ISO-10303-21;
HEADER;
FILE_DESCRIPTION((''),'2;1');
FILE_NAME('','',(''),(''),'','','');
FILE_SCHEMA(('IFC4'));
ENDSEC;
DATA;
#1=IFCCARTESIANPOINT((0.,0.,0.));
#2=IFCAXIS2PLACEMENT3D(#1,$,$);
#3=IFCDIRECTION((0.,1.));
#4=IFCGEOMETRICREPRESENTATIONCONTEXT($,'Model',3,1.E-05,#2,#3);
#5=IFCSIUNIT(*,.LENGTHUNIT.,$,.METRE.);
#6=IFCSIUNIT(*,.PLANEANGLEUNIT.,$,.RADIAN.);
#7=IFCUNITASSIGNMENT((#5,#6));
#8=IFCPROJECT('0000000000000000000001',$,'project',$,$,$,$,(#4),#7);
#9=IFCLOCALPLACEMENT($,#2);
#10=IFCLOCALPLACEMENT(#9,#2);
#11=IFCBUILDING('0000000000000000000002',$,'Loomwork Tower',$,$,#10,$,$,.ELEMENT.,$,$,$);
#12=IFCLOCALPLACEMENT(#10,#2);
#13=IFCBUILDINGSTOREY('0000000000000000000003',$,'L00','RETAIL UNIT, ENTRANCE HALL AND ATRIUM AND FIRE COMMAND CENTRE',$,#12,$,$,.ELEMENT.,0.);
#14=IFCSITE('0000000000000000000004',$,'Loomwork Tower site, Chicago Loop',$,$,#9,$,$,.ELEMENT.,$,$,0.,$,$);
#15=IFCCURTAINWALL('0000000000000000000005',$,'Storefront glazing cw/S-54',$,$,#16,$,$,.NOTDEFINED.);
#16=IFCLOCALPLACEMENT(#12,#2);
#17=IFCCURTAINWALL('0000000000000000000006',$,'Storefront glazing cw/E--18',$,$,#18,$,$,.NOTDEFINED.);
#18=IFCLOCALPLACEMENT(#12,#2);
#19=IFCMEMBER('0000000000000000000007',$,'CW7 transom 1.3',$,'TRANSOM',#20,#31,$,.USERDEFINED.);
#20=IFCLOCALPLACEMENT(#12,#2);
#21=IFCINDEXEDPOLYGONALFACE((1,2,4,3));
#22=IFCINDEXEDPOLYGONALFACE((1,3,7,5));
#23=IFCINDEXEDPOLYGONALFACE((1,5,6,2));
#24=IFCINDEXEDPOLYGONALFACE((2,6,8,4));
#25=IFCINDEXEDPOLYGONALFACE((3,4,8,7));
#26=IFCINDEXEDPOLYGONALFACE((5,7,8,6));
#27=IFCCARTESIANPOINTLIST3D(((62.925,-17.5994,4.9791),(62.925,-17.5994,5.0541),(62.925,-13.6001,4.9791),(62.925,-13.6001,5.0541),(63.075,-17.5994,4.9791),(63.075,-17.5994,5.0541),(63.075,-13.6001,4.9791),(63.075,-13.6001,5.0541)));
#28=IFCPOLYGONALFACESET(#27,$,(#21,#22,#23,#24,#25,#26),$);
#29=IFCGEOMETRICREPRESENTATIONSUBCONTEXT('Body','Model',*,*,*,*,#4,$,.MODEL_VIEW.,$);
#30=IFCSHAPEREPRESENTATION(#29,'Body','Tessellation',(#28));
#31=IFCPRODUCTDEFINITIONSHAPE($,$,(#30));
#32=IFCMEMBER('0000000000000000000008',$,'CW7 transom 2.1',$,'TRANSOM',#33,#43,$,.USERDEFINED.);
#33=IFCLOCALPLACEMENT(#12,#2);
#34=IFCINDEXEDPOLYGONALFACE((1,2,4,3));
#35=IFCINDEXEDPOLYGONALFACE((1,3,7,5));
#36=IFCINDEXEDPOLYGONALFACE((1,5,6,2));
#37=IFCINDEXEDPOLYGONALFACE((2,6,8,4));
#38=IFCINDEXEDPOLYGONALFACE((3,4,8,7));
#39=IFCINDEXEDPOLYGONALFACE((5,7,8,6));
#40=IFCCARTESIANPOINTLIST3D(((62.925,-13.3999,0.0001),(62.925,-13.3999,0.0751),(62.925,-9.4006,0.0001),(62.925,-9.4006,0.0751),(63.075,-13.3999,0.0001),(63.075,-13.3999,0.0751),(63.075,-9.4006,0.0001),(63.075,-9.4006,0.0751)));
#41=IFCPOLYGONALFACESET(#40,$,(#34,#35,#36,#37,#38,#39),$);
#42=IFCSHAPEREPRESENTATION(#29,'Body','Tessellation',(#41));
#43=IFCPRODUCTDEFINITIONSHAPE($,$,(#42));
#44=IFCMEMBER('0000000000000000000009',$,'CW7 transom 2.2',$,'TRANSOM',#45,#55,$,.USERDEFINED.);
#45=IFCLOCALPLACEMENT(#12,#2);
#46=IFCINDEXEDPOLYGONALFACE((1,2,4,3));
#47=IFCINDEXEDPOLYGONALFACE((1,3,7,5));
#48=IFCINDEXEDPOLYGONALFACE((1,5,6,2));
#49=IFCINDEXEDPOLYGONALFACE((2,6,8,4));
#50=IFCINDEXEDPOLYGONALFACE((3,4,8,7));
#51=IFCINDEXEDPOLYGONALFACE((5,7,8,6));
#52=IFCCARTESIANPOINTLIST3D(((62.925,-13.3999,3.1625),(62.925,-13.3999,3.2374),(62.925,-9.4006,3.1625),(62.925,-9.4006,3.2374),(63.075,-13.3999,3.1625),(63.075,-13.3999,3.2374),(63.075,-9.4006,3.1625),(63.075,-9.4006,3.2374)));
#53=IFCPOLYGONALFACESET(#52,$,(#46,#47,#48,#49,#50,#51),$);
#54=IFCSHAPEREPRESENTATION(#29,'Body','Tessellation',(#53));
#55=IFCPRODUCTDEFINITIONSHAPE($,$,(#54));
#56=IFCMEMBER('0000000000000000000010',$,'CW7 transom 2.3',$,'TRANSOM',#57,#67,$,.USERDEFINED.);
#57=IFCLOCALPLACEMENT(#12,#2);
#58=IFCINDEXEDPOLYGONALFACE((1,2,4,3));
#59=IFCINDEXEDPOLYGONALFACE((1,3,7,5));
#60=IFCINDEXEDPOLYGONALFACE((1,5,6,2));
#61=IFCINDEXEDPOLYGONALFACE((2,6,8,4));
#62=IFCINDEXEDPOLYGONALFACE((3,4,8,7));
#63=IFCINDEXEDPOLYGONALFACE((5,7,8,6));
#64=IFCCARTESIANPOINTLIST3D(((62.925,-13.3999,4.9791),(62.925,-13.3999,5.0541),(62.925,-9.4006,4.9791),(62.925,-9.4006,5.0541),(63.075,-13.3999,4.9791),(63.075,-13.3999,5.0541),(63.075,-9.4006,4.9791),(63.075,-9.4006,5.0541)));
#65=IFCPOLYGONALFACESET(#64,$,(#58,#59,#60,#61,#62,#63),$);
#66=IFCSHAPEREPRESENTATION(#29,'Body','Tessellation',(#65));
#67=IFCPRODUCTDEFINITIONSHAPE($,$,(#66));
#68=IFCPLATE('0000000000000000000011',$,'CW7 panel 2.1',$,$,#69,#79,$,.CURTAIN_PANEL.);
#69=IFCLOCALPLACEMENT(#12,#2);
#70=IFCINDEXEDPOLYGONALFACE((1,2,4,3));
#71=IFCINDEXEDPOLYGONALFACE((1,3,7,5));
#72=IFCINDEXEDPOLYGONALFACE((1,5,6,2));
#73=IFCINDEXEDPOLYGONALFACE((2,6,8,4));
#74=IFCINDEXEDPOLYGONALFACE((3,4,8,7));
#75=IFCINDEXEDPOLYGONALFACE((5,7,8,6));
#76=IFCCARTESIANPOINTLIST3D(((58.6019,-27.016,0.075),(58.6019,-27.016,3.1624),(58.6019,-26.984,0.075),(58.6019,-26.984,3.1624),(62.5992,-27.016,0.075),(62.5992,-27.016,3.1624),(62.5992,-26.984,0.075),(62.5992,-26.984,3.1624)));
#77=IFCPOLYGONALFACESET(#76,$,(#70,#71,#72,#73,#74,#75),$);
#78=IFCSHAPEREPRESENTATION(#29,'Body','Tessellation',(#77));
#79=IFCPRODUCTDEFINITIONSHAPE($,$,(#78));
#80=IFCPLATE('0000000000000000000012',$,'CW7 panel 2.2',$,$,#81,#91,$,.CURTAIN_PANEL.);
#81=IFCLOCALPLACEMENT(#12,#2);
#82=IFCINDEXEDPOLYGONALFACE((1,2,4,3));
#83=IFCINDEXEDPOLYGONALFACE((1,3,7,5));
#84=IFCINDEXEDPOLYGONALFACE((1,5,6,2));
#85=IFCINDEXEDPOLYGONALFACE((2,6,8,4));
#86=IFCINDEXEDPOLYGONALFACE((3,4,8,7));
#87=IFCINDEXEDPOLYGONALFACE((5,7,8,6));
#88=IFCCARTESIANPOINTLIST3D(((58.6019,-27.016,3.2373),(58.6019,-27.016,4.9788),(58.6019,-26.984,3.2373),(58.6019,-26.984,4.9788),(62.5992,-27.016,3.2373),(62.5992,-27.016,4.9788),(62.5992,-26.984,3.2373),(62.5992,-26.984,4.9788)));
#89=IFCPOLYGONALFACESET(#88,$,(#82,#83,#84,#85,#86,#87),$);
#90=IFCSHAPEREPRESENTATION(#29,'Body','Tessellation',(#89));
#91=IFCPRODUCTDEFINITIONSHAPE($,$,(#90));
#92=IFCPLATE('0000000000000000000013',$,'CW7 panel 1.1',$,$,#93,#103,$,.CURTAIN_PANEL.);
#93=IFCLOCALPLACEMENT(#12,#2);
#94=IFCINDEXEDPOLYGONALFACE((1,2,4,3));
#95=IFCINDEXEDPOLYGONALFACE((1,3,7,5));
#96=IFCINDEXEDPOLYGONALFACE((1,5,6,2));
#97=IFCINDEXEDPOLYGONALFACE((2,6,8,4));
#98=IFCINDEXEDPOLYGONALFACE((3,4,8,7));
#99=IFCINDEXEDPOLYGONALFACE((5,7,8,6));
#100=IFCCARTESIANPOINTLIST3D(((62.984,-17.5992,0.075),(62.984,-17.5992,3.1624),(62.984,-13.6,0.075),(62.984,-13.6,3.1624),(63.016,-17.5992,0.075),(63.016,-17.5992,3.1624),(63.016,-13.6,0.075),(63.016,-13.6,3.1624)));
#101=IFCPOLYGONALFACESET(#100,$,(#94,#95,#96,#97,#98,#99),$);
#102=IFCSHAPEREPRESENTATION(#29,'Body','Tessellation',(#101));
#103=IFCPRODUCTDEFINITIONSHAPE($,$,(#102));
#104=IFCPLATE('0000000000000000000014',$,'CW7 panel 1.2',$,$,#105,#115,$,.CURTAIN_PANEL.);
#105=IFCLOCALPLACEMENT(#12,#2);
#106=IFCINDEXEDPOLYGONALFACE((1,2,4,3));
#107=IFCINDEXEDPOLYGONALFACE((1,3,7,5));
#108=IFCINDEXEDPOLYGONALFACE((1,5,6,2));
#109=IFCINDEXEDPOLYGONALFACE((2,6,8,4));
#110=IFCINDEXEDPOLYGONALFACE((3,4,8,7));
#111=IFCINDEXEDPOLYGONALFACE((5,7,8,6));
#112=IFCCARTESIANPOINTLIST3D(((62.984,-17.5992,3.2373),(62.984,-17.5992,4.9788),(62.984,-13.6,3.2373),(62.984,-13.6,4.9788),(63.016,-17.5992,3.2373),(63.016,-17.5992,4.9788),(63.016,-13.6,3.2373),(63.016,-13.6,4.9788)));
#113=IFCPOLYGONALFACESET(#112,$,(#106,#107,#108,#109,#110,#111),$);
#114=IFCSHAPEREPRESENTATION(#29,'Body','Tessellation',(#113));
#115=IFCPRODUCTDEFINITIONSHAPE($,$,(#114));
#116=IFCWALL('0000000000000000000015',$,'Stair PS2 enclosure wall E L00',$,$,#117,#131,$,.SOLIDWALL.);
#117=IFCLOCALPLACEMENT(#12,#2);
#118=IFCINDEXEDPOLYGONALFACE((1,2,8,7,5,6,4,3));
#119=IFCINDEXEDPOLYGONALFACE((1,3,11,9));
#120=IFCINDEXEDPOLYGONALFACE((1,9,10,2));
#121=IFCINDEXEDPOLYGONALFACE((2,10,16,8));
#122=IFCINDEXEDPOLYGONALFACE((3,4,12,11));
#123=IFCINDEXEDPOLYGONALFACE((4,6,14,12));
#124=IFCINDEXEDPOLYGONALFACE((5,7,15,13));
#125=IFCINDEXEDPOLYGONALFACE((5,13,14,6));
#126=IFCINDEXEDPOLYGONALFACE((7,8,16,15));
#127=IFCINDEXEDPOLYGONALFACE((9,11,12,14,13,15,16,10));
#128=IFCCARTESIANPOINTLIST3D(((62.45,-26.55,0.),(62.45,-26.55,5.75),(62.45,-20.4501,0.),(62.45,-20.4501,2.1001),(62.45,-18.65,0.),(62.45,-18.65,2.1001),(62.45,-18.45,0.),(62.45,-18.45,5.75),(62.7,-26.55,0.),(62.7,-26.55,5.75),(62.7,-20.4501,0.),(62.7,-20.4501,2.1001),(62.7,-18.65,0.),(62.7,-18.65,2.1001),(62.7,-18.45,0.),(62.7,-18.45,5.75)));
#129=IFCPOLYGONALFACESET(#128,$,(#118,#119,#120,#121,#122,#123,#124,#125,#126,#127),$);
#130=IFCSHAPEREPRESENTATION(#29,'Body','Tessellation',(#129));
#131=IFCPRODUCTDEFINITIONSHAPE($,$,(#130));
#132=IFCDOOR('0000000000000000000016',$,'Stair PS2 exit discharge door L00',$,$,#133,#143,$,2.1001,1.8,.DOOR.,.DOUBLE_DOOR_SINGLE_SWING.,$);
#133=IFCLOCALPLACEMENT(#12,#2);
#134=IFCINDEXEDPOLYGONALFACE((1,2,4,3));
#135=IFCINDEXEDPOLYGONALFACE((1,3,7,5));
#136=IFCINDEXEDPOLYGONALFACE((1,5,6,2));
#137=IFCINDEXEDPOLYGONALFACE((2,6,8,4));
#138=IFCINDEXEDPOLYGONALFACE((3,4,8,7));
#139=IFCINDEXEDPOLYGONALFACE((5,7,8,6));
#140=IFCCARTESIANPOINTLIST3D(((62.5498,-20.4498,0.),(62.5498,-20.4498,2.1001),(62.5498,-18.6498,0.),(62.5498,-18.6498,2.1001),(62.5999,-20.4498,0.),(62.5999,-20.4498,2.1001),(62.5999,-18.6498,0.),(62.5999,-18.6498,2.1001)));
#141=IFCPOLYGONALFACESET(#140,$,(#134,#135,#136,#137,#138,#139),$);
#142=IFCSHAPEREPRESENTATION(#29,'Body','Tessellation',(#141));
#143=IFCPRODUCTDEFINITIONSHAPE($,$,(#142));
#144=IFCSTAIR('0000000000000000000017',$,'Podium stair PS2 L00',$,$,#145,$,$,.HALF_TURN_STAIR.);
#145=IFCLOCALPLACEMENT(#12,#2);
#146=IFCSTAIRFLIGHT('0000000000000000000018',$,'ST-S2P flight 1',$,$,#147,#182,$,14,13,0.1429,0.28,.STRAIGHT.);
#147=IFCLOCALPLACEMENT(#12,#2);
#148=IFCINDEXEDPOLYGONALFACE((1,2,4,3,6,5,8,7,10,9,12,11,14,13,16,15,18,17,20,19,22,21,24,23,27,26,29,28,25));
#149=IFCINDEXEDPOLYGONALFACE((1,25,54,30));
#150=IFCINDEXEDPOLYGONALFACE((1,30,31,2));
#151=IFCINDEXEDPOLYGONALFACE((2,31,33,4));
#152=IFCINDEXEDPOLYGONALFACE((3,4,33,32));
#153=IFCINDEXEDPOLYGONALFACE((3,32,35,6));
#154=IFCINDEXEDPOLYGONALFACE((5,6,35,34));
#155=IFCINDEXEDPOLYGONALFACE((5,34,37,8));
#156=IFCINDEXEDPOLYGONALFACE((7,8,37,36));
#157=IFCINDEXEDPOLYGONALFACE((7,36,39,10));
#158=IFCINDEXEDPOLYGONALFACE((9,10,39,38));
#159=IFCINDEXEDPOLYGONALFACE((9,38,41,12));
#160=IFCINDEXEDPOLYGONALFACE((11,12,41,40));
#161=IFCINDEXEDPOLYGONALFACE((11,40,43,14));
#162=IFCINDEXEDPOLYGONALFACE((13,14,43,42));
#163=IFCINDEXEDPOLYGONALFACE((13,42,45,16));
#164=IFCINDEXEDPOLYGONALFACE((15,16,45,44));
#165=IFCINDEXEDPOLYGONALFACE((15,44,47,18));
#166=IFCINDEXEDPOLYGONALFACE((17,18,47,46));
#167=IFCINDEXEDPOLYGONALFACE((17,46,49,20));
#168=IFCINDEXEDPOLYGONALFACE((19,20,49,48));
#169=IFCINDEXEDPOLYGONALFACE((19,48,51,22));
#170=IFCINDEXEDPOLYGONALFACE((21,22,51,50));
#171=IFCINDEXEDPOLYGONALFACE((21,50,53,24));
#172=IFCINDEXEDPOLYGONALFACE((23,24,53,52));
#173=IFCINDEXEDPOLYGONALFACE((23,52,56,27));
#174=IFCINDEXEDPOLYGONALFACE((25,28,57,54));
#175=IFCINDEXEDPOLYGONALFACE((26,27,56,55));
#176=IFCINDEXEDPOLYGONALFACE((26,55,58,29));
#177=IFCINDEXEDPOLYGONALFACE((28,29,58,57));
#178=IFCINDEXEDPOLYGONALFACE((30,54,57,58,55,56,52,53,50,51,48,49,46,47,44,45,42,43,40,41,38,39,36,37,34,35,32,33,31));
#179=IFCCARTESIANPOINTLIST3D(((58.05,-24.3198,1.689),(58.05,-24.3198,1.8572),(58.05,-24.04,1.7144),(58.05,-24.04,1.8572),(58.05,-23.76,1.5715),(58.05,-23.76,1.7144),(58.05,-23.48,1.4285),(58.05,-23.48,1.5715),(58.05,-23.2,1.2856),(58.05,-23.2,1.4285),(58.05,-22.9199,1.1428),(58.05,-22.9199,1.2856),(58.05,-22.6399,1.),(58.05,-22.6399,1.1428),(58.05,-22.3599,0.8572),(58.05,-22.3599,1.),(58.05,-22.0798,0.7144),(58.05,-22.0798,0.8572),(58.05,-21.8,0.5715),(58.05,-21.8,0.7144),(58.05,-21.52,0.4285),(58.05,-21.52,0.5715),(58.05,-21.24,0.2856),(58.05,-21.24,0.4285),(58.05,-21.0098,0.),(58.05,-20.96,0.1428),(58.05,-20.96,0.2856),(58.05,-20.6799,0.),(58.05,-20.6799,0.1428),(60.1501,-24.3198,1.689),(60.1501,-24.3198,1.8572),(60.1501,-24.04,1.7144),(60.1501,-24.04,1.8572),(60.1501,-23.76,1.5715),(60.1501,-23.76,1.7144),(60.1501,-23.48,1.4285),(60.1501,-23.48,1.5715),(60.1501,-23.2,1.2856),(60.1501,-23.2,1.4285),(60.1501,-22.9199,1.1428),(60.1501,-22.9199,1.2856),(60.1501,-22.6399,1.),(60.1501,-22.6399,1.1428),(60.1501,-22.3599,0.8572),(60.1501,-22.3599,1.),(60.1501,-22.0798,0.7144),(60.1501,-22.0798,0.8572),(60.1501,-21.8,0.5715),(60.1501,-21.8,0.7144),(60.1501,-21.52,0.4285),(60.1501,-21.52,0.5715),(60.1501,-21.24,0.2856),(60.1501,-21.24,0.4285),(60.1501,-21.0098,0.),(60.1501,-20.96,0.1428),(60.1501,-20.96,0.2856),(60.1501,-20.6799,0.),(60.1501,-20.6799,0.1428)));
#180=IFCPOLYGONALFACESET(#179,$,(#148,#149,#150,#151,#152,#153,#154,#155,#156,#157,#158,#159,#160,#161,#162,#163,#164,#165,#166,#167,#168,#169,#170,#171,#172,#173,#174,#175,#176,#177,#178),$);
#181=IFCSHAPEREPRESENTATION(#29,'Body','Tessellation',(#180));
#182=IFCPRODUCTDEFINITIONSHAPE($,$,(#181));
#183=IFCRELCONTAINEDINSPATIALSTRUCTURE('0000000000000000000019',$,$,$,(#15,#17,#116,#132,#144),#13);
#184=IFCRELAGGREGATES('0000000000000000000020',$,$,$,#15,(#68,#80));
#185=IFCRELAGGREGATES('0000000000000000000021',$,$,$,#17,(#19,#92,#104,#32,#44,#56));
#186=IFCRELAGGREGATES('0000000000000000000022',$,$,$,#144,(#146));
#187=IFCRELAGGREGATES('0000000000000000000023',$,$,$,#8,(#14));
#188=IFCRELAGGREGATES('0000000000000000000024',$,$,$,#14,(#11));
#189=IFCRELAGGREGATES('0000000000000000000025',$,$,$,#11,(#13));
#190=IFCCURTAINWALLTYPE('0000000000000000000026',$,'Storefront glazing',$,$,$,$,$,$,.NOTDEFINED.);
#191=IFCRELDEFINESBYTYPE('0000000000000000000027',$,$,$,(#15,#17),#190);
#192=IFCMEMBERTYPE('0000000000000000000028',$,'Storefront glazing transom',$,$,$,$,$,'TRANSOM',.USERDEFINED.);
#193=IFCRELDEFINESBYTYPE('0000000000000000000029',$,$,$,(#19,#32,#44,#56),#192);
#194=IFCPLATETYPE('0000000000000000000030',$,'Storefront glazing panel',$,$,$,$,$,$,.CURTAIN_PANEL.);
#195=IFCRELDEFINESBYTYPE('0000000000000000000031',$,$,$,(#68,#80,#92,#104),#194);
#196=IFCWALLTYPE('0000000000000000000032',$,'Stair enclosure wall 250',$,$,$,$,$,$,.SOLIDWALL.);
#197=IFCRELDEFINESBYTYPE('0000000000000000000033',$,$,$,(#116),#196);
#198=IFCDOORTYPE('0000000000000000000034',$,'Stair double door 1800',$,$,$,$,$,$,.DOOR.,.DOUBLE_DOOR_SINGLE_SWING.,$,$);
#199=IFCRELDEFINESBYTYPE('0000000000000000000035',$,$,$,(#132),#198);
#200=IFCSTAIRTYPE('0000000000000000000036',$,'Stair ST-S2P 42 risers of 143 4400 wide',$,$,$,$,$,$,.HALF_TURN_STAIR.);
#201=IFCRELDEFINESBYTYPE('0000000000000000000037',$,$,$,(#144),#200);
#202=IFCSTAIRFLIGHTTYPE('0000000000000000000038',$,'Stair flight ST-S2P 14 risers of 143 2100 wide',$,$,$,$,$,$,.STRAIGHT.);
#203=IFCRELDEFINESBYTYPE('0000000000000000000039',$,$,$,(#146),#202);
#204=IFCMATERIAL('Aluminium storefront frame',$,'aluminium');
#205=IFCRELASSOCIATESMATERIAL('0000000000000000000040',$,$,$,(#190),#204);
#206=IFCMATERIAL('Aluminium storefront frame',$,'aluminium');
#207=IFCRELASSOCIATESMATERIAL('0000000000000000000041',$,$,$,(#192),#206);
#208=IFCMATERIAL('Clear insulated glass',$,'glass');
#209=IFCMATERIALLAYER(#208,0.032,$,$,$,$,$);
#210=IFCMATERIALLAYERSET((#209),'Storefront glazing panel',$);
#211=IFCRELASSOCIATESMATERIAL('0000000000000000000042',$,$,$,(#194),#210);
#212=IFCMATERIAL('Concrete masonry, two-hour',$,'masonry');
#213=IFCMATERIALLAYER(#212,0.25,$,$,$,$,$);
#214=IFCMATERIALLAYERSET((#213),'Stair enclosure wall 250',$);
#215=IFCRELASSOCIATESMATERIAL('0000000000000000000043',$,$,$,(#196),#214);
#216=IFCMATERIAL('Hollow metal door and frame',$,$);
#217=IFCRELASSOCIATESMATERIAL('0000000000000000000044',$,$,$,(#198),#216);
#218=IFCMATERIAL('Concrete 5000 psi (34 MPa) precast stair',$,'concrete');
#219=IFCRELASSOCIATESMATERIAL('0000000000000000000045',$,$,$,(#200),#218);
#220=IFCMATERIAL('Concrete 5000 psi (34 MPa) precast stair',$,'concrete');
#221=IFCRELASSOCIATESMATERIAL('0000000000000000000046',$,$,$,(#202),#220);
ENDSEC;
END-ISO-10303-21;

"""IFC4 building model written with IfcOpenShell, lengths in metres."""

from ifc_helpers import new_model, si_unit, direction, frame, frame_2d, origin, origin_2d, place, context, subcontext, project, spatial, polyline, rectangle, outline, extrude, material, layer, layer_set, material_profile, profile_set, type_object, element, fill, aggregate, save


model = new_model("IFC4")

# Units and contexts
model_context = context("Model", 3, precision=1e-05, world=origin(), true_north=direction((0.0, 1.0)))
body_context = subcontext(model_context, "Body", "Model", "MODEL_VIEW")
ifc_project = project(units=[si_unit("LENGTHUNIT", "METRE"), si_unit("PLANEANGLEUNIT", "RADIAN")], contexts=[model_context])

# Site, building, storey
site_placement = place(None, origin())
site = spatial("IfcSite", under=ifc_project, at=site_placement, Name="Loomwork Tower site, Chicago Loop", CompositionType="ELEMENT", RefElevation=0.0)
building_placement = place(site_placement, origin())
building = spatial("IfcBuilding", under=site, at=building_placement, Name="Loomwork Tower", CompositionType="ELEMENT")
storey_placement = place(building_placement, origin())
storey = spatial("IfcBuildingStorey", under=building, at=storey_placement, Name="L00", Description="RETAIL UNIT, ENTRANCE HALL AND ATRIUM AND FIRE COMMAND CENTRE", CompositionType="ELEMENT", Elevation=0.0)

# Curtain wall
ifc_material_1 = material(Name="Aluminium storefront frame", Category="aluminium")
curtain_wall_type = type_object("IfcCurtainWallType", Name="Storefront glazing", PredefinedType="NOTDEFINED", material=ifc_material_1)
curtain_wall_1_placement = place(storey_placement, origin())
curtain_wall_1 = element("IfcCurtainWall", 1, at=curtain_wall_1_placement, inside=storey, type_object=curtain_wall_type, Name="Storefront glazing cw/S-54", PredefinedType="NOTDEFINED")

# Curtain wall
curtain_wall_2_placement = place(storey_placement, origin())
curtain_wall_2 = element("IfcCurtainWall", 2, at=curtain_wall_2_placement, inside=storey, type_object=curtain_wall_type, Name="Storefront glazing cw/E--18", PredefinedType="NOTDEFINED")

# Members
ifc_material_2 = material(Name="Aluminium storefront frame", Category="aluminium")
ifc_material_profile_1 = material_profile(ifc_material_2, rectangle(XDim=0.1499, YDim=0.075, at=origin_2d()), Name="AL 75x150")
ifc_profile_set_1 = profile_set([ifc_material_profile_1], Name="Aluminium storefront frame")
member_type_1 = type_object("IfcMemberType", Name="Storefront glazing transom", ElementType="TRANSOM", PredefinedType="USERDEFINED", material=ifc_profile_set_1)
member_1_placement = place(storey_placement, frame((63.0, -17.5994, 5.0166), z_axis=(0.0, 1.0, 0.0), x_axis=(-1.0, 0.0, 0.0)))
member_1 = element("IfcMember", 3, at=member_1_placement, type_object=member_type_1, Name="CW7 transom 1.3", ObjectType="TRANSOM", PredefinedType="USERDEFINED", context=body_context, shape_type="SweptSolid", body=[
    extrude(rectangle(XDim=0.1499, YDim=0.075, at=origin_2d()), origin(), (0.0, 0.0, 1.0), 3.9993),
])
member_2_placement = place(storey_placement, frame((63.0, -13.3999, 0.0376), z_axis=(0.0, 1.0, 0.0), x_axis=(-1.0, 0.0, 0.0)))
member_2 = element("IfcMember", 4, at=member_2_placement, type_object=member_type_1, Name="CW7 transom 2.1", ObjectType="TRANSOM", PredefinedType="USERDEFINED", context=body_context, shape_type="SweptSolid", body=[
    extrude(rectangle(XDim=0.1499, YDim=0.075, at=origin_2d()), origin(), (0.0, 0.0, 1.0), 3.9993),
])
member_3_placement = place(storey_placement, frame((63.0, -13.3999, 3.2), z_axis=(0.0, 1.0, 0.0), x_axis=(-1.0, 0.0, 0.0)))
member_3 = element("IfcMember", 5, at=member_3_placement, type_object=member_type_1, Name="CW7 transom 2.2", ObjectType="TRANSOM", PredefinedType="USERDEFINED", context=body_context, shape_type="SweptSolid", body=[
    extrude(rectangle(XDim=0.1499, YDim=0.075, at=origin_2d()), origin(), (0.0, 0.0, 1.0), 3.9993),
])
member_4_placement = place(storey_placement, frame((63.0, -13.3999, 5.0166), z_axis=(0.0, 1.0, 0.0), x_axis=(-1.0, 0.0, 0.0)))
member_4 = element("IfcMember", 6, at=member_4_placement, type_object=member_type_1, Name="CW7 transom 2.3", ObjectType="TRANSOM", PredefinedType="USERDEFINED", context=body_context, shape_type="SweptSolid", body=[
    extrude(rectangle(XDim=0.1499, YDim=0.075, at=origin_2d()), origin(), (0.0, 0.0, 1.0), 3.9993),
])

# Plates
ifc_material_3 = material(Name="Clear insulated glass", Category="glass")
ifc_layer_1 = layer(ifc_material_3, 0.032)
ifc_layer_set_1 = layer_set([ifc_layer_1], Name="Storefront glazing panel")
plate_type = type_object("IfcPlateType", Name="Storefront glazing panel", PredefinedType="CURTAIN_PANEL", material=ifc_layer_set_1)
plate_1_placement = place(storey_placement, frame((60.6006, -27.0, 0.075), z_axis=(0.0, 0.0, 1.0), x_axis=(1.0, 0.0, 0.0)))
plate_1 = element("IfcPlate", 7, at=plate_1_placement, type_object=plate_type, Name="CW7 panel 2.1", PredefinedType="CURTAIN_PANEL", context=body_context, shape_type="SweptSolid", body=[
    extrude(rectangle(XDim=3.9973, YDim=0.032, at=origin_2d()), origin(), (0.0, 0.0, 1.0), 3.0874),
])
plate_2_placement = place(storey_placement, frame((60.6006, -27.0, 3.2373), z_axis=(0.0, 0.0, 1.0), x_axis=(1.0, 0.0, 0.0)))
plate_2 = element("IfcPlate", 8, at=plate_2_placement, type_object=plate_type, Name="CW7 panel 2.2", PredefinedType="CURTAIN_PANEL", context=body_context, shape_type="SweptSolid", body=[
    extrude(rectangle(XDim=3.9973, YDim=0.032, at=origin_2d()), origin(), (0.0, 0.0, 1.0), 1.7415),
])
aggregate(curtain_wall_1, [plate_1, plate_2])
plate_3_placement = place(storey_placement, frame((63.0, -15.5996, 0.075), z_axis=(0.0, 0.0, 1.0), x_axis=(0.0, 1.0, 0.0)))
plate_3 = element("IfcPlate", 9, at=plate_3_placement, type_object=plate_type, Name="CW7 panel 1.1", PredefinedType="CURTAIN_PANEL", context=body_context, shape_type="SweptSolid", body=[
    extrude(rectangle(XDim=3.9993, YDim=0.032, at=origin_2d()), origin(), (0.0, 0.0, 1.0), 3.0874),
])
plate_4_placement = place(storey_placement, frame((63.0, -15.5996, 3.2373), z_axis=(0.0, 0.0, 1.0), x_axis=(0.0, 1.0, 0.0)))
plate_4 = element("IfcPlate", 10, at=plate_4_placement, type_object=plate_type, Name="CW7 panel 1.2", PredefinedType="CURTAIN_PANEL", context=body_context, shape_type="SweptSolid", body=[
    extrude(rectangle(XDim=3.9993, YDim=0.032, at=origin_2d()), origin(), (0.0, 0.0, 1.0), 1.7415),
])
aggregate(curtain_wall_2, [member_1, plate_3, plate_4, member_2, member_3, member_4])

# Wall, opening, door
ifc_material_4 = material(Name="Concrete masonry, two-hour", Category="masonry")
ifc_layer_2 = layer(ifc_material_4, 0.25)
ifc_layer_set_2 = layer_set([ifc_layer_2], Name="Stair enclosure wall 250")
wall_type = type_object("IfcWallType", Name="Stair enclosure wall 250", PredefinedType="SOLIDWALL", material=ifc_layer_set_2)
wall_placement = place(storey_placement, frame((62.575, -26.55, 0.0), z_axis=(0.0, 0.0, 1.0), x_axis=(0.0, 1.0, 0.0)))
wall = element("IfcWall", 11, at=wall_placement, inside=storey, type_object=wall_type, Name="Stair PS2 enclosure wall E L00", PredefinedType="SOLIDWALL", context=body_context, shape_type="SweptSolid", body=[
    extrude(rectangle(XDim=8.1001, YDim=0.25, at=frame_2d((4.05, 0.0))), origin(), (0.0, 0.0, 1.0), 5.75),
])
opening_placement = place(wall_placement, frame((6.1001, 0.0, 0.0)))
opening = element("IfcOpeningElement", 12, at=opening_placement, cuts=wall, PredefinedType="OPENING", context=body_context, shape_type="SweptSolid", body=[
    extrude(rectangle(XDim=1.8, YDim=2.1001, at=frame_2d((0.8999, 1.05))), frame((0.0, 0.135, 0.0), z_axis=(0.0, -1.0, 0.0), x_axis=(1.0, 0.0, 0.0)), (0.0, 0.0, 1.0), 0.27),
])
ifc_material_5 = material(Name="Hollow metal door and frame")
door_type = type_object("IfcDoorType", Name="Stair double door 1800", OperationType="DOUBLE_DOOR_SINGLE_SWING", PredefinedType="DOOR", material=ifc_material_5)
door_placement = place(opening_placement, frame((1.8, 0.0, 0.0), z_axis=(0.0, 0.0, 1.0), x_axis=(-1.0, 0.0, 0.0)))
door = element("IfcDoor", 13, at=door_placement, inside=storey, type_object=door_type, Name="Stair PS2 exit discharge door L00", OperationType="DOUBLE_DOOR_SINGLE_SWING", OverallHeight=2.1001, OverallWidth=1.8, PredefinedType="DOOR", context=body_context, shape_type="SweptSolid", body=[
    extrude(rectangle(XDim=1.8, YDim=2.1001, at=frame_2d((0.8999, 1.05))), frame((0.0, 0.0249, 0.0), z_axis=(0.0, -1.0, 0.0), x_axis=(1.0, 0.0, 0.0)), (0.0, 0.0, 1.0), 0.05),
])
fill(opening, door)

# Stair, stair flight
ifc_material_6 = material(Name="Concrete 5000 psi (34 MPa) precast stair", Category="concrete")
stair_type = type_object("IfcStairType", Name="Stair ST-S2P 42 risers of 143 4400 wide", PredefinedType="HALF_TURN_STAIR", material=ifc_material_6)
stair_placement = place(storey_placement, origin())
stair = element("IfcStair", 14, at=stair_placement, inside=storey, type_object=stair_type, Name="Podium stair PS2 L00", PredefinedType="HALF_TURN_STAIR")
ifc_material_7 = material(Name="Concrete 5000 psi (34 MPa) precast stair", Category="concrete")
stair_flight_type = type_object("IfcStairFlightType", Name="Stair flight ST-S2P 14 risers of 143 2100 wide", PredefinedType="STRAIGHT", material=ifc_material_7)
stair_flight_1_placement = place(storey_placement, frame((59.1001, -20.6799, 0.0), z_axis=(0.0, 0.0, 1.0), x_axis=(0.0, -1.0, 0.0)))
stair_flight_1 = element("IfcStairFlight", 15, at=stair_flight_1_placement, type_object=stair_flight_type, Name="ST-S2P flight 1", NumberOfRisers=14, NumberOfTreads=13, PredefinedType="STRAIGHT", RiserHeight=0.1429, TreadLength=0.28, context=body_context, shape_type="SweptSolid", body=[
    extrude(outline(polyline([(0.0, 0.0), (0.0, 0.1428), (0.28, 0.1428), (0.28, 0.2856), (0.5601, 0.2856), (0.5601, 0.4285), (0.8401, 0.4285), (0.8401, 0.5715), (1.1201, 0.5715), (1.1201, 0.7144), (1.3999, 0.7144), (1.3999, 0.8572), (1.6799, 0.8572), (1.6799, 1.0), (1.96, 1.0), (1.96, 1.1428), (2.24, 1.1428), (2.24, 1.2856), (2.52, 1.2856), (2.52, 1.4285), (2.8, 1.4285), (2.8, 1.5715), (3.0801, 1.5715), (3.0801, 1.7144), (3.3601, 1.7144), (3.3601, 1.8572), (3.6399, 1.8572), (3.6399, 2.0), (3.6399, 1.689), (0.3298, 0.0), (0.0, 0.0)])), frame((0.0, 1.05, 0.0), z_axis=(0.0, -1.0, 0.0), x_axis=(1.0, 0.0, 0.0)), (0.0, 0.0, 1.0), 2.1001),
])
aggregate(stair, [stair_flight_1])

save(model, "model.ifc")
